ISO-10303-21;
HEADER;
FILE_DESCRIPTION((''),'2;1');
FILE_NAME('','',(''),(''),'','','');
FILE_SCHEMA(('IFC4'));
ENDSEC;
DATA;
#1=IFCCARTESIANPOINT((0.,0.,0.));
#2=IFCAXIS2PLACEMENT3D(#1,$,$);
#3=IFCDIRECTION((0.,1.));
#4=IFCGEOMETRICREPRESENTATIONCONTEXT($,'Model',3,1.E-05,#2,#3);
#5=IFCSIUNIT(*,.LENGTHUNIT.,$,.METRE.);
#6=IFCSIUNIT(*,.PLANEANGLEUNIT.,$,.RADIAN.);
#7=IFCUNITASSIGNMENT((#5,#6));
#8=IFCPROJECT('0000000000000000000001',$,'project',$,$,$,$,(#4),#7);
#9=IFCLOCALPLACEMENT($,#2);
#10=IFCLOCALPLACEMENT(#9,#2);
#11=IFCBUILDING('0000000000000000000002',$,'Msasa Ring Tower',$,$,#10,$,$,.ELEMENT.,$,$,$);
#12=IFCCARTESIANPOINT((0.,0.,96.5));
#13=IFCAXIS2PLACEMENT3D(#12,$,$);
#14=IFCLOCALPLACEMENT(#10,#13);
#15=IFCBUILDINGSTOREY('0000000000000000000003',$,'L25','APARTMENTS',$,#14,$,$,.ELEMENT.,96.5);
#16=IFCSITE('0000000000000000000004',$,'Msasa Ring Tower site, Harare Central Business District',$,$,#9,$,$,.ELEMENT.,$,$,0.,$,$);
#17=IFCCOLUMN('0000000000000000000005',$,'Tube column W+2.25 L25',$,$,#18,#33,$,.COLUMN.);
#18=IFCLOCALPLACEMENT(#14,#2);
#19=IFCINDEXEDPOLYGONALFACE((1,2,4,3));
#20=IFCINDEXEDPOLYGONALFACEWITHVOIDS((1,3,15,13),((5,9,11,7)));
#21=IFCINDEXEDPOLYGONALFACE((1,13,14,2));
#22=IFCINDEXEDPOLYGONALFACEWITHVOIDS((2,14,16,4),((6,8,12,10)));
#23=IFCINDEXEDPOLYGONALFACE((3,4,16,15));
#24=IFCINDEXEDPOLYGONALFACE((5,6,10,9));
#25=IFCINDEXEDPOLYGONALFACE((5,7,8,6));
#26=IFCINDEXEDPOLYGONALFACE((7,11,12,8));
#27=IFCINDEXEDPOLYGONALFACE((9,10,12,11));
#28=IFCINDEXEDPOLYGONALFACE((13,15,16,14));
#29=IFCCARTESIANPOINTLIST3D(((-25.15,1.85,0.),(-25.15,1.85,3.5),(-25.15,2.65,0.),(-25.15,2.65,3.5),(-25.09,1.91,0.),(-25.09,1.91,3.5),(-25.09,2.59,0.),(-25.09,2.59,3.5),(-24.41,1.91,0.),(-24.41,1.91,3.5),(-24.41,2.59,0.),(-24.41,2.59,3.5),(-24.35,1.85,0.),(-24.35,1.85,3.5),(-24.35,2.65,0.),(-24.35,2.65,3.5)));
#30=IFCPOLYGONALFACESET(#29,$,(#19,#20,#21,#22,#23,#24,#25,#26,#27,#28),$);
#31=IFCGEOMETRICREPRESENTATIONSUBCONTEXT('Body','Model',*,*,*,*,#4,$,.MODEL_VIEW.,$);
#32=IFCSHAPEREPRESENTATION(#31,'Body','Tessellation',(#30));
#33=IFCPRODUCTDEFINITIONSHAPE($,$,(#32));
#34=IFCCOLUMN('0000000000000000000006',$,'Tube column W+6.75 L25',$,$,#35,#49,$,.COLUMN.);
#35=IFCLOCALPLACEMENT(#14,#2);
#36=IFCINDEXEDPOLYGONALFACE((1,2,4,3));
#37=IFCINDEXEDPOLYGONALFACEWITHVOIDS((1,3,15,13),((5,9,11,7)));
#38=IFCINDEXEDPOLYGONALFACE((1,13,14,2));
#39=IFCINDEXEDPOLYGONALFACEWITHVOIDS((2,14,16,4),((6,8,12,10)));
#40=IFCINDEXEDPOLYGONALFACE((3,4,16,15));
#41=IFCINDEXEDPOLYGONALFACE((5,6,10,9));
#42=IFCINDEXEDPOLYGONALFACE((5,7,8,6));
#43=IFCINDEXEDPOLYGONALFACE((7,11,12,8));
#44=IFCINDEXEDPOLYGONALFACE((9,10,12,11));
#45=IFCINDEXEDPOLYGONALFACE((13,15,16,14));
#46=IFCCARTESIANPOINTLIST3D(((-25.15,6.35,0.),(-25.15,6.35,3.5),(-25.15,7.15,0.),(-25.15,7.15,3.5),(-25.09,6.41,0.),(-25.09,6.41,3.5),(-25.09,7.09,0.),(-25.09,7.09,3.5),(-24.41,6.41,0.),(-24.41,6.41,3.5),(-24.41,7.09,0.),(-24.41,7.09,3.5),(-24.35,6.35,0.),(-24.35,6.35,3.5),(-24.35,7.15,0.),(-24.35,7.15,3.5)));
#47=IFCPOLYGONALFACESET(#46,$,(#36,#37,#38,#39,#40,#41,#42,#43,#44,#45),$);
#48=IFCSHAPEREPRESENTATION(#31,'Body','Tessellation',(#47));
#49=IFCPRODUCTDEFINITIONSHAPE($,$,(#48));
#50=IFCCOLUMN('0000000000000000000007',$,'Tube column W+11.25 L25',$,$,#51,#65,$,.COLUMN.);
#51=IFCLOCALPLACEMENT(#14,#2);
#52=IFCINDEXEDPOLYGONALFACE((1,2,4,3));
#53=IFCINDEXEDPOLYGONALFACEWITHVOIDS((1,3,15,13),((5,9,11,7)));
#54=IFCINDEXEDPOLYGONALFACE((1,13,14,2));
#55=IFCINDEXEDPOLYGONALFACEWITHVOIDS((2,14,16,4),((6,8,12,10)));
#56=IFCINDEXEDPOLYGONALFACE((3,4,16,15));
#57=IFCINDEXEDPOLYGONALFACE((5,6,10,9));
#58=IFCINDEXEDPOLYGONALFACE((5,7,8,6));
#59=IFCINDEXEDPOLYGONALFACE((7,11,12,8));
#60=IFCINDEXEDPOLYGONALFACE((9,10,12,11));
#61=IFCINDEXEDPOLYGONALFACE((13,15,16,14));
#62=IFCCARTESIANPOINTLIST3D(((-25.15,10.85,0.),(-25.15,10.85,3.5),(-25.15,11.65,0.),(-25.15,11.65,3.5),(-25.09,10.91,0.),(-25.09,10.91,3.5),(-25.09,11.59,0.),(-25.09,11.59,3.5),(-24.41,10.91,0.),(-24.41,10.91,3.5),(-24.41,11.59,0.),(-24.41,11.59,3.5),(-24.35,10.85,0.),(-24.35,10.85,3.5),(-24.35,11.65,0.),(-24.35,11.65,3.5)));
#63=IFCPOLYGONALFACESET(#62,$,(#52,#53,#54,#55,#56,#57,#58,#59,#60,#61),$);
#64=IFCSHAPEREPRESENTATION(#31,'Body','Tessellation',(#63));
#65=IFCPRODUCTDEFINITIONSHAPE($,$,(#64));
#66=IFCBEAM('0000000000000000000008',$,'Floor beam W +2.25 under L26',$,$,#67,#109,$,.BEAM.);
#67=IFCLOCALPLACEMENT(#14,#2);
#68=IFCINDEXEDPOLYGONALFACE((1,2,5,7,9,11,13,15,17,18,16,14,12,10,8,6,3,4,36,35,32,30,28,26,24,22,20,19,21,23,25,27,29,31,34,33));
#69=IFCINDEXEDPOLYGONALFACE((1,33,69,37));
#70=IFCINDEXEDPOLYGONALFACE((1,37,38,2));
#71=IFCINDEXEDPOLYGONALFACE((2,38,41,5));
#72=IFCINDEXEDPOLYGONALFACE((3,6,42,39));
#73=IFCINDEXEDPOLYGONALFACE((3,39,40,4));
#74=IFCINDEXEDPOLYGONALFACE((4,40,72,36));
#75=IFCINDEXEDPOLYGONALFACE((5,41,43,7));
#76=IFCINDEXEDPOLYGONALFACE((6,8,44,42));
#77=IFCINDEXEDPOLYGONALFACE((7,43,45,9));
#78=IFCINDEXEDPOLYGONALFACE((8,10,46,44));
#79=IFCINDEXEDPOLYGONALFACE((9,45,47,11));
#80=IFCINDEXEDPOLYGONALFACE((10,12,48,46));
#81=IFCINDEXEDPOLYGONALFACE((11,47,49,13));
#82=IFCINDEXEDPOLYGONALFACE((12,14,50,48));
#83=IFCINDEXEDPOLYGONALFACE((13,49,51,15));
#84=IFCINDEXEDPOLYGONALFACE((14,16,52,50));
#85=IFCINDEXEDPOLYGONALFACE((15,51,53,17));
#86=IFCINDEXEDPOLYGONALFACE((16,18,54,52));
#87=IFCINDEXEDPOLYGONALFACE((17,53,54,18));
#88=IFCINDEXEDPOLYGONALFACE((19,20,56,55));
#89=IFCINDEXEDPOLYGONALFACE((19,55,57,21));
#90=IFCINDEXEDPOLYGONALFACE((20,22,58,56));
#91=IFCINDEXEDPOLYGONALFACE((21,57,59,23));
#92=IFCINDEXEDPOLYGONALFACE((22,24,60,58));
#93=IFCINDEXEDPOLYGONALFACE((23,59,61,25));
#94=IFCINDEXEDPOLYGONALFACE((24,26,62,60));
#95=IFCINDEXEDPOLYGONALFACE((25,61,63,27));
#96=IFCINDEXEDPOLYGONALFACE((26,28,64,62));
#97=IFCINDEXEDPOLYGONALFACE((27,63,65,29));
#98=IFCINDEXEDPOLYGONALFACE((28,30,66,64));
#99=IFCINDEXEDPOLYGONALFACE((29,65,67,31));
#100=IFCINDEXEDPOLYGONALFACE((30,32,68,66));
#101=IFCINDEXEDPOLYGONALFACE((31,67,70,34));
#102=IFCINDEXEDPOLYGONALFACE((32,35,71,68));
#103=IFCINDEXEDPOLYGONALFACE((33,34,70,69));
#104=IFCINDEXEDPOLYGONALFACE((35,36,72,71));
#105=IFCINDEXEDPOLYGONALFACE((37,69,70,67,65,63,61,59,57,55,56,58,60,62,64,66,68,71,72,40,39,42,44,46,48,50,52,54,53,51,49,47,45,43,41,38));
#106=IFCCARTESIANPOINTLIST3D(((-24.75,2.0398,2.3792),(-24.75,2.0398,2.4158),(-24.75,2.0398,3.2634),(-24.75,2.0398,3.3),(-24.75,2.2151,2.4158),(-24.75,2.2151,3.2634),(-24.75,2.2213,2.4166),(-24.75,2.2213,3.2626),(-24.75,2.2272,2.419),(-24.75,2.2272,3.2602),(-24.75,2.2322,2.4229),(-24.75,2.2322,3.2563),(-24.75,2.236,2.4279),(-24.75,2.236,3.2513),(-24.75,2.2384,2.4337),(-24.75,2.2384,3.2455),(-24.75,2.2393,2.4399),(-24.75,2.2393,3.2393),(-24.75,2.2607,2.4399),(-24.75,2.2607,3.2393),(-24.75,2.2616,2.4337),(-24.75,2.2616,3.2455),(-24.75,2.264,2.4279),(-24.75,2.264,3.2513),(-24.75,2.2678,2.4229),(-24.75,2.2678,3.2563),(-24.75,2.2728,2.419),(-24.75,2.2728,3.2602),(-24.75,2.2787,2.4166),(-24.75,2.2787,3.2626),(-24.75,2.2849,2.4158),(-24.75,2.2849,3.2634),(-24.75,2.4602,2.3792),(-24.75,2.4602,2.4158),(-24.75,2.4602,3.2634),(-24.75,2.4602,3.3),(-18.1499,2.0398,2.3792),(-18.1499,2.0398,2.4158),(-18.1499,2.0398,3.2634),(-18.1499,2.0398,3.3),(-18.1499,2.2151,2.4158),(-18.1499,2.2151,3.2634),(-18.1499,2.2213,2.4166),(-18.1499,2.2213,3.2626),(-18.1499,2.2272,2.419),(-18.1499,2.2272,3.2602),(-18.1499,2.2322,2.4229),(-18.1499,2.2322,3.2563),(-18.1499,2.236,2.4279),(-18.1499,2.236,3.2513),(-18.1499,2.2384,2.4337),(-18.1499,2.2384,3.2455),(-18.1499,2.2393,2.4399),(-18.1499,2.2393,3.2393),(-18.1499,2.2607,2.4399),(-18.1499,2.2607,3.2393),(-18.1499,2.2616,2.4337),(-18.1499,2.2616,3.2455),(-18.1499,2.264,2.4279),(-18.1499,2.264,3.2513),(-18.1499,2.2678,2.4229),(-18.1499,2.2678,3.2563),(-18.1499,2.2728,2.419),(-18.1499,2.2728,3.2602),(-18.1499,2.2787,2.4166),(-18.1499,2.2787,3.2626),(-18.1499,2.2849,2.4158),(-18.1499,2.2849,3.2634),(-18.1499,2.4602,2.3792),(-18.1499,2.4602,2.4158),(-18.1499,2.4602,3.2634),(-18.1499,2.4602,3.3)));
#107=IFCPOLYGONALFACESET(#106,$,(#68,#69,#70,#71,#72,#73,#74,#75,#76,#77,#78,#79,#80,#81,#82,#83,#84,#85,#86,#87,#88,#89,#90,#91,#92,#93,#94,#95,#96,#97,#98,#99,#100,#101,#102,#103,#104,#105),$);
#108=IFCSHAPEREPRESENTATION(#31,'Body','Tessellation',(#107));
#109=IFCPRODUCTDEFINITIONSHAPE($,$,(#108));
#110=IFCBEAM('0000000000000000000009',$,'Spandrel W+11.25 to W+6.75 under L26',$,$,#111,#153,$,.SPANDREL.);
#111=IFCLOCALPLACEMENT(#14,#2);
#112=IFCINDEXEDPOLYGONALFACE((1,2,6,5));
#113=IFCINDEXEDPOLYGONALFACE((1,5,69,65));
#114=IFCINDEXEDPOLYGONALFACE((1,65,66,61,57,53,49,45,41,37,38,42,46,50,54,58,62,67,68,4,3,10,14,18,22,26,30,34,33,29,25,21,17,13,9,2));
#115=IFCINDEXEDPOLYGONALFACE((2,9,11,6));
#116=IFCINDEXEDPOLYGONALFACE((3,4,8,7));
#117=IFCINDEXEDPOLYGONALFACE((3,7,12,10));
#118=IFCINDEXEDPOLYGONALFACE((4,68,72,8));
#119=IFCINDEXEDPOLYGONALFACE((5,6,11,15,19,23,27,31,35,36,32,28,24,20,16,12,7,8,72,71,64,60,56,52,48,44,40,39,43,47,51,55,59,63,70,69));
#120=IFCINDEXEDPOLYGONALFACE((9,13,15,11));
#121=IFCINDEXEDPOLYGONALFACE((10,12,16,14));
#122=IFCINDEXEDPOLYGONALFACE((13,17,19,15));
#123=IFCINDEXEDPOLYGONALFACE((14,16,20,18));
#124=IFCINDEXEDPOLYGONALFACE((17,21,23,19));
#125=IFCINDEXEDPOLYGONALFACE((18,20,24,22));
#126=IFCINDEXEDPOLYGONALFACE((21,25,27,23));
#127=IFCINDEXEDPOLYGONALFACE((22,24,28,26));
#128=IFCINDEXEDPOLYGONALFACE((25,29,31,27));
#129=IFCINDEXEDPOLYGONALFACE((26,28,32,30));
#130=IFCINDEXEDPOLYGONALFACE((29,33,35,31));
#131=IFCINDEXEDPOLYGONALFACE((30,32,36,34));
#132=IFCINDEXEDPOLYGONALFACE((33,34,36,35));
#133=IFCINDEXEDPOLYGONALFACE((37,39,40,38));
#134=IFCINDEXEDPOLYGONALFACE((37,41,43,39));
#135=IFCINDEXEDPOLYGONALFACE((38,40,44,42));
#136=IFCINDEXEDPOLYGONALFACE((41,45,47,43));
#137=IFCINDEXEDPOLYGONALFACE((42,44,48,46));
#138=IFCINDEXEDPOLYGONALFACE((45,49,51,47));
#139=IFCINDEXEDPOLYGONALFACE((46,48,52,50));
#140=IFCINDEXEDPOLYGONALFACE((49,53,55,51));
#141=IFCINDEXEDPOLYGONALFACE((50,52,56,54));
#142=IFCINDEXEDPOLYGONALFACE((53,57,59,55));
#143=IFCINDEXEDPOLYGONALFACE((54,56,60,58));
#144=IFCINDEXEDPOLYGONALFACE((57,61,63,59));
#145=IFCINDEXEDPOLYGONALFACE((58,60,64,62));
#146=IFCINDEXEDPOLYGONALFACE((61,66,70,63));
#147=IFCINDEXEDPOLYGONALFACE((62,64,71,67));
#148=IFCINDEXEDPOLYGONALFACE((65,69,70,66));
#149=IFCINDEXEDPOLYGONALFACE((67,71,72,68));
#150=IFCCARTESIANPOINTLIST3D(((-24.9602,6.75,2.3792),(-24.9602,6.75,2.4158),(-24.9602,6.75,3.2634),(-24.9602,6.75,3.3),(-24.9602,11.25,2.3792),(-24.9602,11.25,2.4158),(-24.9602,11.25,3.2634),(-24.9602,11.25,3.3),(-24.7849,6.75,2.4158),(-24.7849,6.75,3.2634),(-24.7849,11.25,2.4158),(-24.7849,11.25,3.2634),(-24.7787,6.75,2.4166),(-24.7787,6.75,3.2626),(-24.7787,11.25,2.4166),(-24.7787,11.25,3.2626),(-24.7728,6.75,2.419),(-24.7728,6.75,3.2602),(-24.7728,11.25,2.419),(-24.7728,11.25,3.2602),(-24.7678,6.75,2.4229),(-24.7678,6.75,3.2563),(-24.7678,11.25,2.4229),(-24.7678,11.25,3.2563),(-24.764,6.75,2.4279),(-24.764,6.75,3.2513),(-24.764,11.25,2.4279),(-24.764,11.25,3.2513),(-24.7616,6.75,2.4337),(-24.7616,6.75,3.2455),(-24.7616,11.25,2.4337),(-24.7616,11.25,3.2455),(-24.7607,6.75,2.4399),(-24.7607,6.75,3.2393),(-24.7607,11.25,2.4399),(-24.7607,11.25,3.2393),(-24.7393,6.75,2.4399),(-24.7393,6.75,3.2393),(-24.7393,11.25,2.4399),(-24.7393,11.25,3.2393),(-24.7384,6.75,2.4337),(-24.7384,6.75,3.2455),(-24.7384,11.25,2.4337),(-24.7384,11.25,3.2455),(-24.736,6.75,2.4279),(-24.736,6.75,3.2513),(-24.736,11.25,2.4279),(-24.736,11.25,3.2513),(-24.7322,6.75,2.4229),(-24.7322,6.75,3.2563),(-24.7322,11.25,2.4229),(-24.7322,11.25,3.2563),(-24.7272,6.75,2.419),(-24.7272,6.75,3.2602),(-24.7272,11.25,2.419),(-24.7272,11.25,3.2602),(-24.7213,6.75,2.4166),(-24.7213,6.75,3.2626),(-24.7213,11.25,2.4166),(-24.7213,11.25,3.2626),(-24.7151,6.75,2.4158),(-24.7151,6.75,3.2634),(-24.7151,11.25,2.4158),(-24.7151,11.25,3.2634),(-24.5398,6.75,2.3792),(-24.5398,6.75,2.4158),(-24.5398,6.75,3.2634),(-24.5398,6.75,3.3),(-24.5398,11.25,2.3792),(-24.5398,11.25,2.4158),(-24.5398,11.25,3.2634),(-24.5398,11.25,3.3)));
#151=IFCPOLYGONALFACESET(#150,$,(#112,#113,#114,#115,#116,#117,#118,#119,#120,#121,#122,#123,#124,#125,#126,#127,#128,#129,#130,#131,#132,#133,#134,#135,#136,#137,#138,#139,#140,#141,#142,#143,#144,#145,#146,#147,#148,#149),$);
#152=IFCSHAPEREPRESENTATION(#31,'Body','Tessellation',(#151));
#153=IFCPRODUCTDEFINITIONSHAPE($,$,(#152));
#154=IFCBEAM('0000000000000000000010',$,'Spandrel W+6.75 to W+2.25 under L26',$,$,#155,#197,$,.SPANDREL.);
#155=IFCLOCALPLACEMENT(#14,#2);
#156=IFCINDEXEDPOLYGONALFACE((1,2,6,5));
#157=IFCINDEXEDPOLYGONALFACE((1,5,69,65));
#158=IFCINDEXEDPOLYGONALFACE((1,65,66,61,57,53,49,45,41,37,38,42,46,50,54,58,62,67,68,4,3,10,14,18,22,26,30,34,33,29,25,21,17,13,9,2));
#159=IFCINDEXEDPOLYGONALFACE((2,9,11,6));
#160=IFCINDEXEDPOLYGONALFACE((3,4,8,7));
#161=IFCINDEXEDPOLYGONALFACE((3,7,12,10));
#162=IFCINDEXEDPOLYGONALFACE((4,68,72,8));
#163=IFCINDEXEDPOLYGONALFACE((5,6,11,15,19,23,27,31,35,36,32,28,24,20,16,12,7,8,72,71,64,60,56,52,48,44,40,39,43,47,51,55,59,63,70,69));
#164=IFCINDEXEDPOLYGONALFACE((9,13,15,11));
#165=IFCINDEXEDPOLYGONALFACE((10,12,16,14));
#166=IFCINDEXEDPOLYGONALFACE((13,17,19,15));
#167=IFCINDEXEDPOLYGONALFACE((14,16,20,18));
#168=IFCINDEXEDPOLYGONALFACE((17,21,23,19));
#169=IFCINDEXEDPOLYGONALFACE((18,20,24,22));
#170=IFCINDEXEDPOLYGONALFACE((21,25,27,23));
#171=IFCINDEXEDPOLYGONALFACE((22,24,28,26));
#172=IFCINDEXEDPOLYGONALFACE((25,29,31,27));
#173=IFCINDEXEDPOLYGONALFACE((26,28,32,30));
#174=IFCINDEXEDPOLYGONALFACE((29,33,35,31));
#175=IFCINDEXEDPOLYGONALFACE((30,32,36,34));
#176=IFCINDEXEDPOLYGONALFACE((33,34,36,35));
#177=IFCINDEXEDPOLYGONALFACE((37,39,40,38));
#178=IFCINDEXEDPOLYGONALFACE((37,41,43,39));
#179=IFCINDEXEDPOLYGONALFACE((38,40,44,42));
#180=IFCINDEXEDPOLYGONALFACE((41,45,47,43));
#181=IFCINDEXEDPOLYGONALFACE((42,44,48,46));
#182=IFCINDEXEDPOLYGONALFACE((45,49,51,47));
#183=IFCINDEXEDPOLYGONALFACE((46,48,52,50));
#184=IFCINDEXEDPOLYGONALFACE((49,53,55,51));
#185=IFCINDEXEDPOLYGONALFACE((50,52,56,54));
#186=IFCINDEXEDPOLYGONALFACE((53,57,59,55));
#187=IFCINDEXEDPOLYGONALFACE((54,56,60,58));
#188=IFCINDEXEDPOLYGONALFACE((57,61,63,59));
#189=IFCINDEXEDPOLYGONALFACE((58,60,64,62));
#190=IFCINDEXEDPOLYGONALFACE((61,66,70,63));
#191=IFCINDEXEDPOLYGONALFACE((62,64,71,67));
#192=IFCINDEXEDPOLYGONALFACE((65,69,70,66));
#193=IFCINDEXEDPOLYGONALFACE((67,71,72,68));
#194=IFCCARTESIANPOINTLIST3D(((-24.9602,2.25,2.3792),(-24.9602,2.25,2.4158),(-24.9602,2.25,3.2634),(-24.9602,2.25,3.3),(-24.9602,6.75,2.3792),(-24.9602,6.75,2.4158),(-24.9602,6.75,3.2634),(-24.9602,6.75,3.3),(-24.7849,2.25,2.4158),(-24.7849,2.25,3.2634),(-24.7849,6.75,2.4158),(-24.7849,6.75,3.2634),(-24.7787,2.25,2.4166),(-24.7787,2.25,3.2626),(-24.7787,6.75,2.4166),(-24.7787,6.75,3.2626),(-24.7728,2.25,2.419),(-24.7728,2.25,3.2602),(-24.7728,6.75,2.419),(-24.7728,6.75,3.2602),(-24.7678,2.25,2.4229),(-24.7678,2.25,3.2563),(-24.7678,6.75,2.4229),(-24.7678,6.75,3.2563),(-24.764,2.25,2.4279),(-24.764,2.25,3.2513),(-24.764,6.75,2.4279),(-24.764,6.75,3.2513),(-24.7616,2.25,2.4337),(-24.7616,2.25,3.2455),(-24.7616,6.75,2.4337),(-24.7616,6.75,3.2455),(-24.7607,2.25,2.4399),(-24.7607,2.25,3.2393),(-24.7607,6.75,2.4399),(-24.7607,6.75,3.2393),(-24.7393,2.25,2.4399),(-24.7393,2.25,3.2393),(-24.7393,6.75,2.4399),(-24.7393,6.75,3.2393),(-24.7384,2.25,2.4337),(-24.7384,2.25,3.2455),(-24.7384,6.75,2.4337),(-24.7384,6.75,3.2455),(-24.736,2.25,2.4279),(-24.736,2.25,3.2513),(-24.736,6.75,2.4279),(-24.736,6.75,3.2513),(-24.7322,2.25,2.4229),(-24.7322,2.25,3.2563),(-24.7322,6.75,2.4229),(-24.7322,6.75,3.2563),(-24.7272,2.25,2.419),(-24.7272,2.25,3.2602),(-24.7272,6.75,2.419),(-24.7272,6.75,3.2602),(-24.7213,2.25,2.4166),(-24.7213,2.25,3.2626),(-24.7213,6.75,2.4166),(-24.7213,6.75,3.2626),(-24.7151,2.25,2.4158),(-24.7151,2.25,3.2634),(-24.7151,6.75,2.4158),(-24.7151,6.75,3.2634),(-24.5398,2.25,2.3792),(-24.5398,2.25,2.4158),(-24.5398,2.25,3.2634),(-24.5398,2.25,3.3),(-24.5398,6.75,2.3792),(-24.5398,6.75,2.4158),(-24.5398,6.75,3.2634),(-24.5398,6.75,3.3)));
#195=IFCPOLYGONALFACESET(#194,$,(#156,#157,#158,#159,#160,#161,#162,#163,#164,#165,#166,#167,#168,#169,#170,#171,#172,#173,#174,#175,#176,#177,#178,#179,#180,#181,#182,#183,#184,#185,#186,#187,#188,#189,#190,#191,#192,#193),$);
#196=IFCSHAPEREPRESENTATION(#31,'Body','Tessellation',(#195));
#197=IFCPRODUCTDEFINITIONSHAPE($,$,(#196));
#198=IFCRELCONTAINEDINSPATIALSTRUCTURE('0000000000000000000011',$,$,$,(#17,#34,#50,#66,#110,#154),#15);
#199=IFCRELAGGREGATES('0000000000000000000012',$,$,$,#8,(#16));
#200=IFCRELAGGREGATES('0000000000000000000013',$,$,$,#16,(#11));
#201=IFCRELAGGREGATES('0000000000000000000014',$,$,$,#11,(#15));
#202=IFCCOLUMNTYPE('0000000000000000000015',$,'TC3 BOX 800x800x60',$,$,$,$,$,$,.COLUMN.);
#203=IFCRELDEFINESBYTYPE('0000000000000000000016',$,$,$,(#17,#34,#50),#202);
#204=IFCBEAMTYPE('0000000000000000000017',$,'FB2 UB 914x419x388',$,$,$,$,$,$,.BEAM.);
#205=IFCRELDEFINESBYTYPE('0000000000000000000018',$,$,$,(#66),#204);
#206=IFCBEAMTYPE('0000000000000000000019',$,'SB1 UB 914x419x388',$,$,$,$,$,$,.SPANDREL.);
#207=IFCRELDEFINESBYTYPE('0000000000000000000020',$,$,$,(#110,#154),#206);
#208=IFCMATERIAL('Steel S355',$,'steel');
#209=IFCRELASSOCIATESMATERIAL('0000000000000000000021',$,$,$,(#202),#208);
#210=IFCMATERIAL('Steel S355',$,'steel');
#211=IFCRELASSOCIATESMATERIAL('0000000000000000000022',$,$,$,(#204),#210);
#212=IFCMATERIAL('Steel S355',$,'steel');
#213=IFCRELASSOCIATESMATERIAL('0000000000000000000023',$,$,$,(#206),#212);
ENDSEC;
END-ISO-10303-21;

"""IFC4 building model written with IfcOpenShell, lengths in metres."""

from ifc_helpers import new_model, si_unit, direction, frame, origin, origin_2d, place, context, subcontext, project, spatial, hollow_rectangle, i_section, extrude, material, material_profile, profile_set, type_object, element, save


model = new_model("IFC4")

# Units and contexts
model_context = context("Model", 3, precision=1e-05, world=origin(), true_north=direction((0.0, 1.0)))
body_context = subcontext(model_context, "Body", "Model", "MODEL_VIEW")
ifc_project = project(units=[si_unit("LENGTHUNIT", "METRE"), si_unit("PLANEANGLEUNIT", "RADIAN")], contexts=[model_context])

# Site, building, storey
site_placement = place(None, origin())
site = spatial("IfcSite", under=ifc_project, at=site_placement, Name="Msasa Ring Tower site, Harare Central Business District", CompositionType="ELEMENT", RefElevation=0.0)
building_placement = place(site_placement, origin())
building = spatial("IfcBuilding", under=site, at=building_placement, Name="Msasa Ring Tower", CompositionType="ELEMENT")
storey_placement = place(building_placement, frame((0.0, 0.0, 96.5)))
storey = spatial("IfcBuildingStorey", under=building, at=storey_placement, Name="L25", Description="APARTMENTS", CompositionType="ELEMENT", Elevation=96.5)

# Columns
ifc_material_1 = material(Name="Steel S355", Category="steel")
ifc_material_profile_1 = material_profile(ifc_material_1, hollow_rectangle(XDim=0.8, YDim=0.8, WallThickness=0.0601, at=origin_2d()), Name="BOX 800x800x60")
ifc_profile_set_1 = profile_set([ifc_material_profile_1], Name="Steel S355")
column_type = type_object("IfcColumnType", Name="TC3 BOX 800x800x60", PredefinedType="COLUMN", material=ifc_profile_set_1)
for number, where, z_axis, x_axis, name in (
    (1, (-24.75, 2.25, 0.0), (0.0, 0.0, 1.0), (1.0, 0.0, 0.0), "Tube column W+2.25 L25"),
    (2, (-24.75, 6.75, 0.0), (0.0, 0.0, 1.0), (1.0, 0.0, 0.0), "Tube column W+6.75 L25"),
    (3, (-24.75, 11.25, 0.0), (0.0, 0.0, 1.0), (1.0, 0.0, 0.0), "Tube column W+11.25 L25"),
):
    element("IfcColumn", number, at=place(storey_placement, frame(where, z_axis=z_axis, x_axis=x_axis)), inside=storey, type_object=column_type, Name=name, PredefinedType="COLUMN", context=body_context, shape_type="SweptSolid", body=[
        extrude(hollow_rectangle(XDim=0.8, YDim=0.8, WallThickness=0.0601, at=origin_2d()), origin(), (0.0, 0.0, 1.0), 3.5),
    ])

# Beams
ifc_material_2 = material(Name="Steel S355", Category="steel")
ifc_material_profile_2 = material_profile(ifc_material_2, i_section(OverallWidth=0.4204, OverallDepth=0.9209, WebThickness=0.0215, FlangeThickness=0.0366, FilletRadius=0.0242, at=origin_2d()), Name="UB 914x419x388")
ifc_profile_set_2 = profile_set([ifc_material_profile_2], Name="Steel S355")
beam_type_1 = type_object("IfcBeamType", Name="FB2 UB 914x419x388", PredefinedType="BEAM", material=ifc_profile_set_2)
beam_placement = place(storey_placement, frame((-24.75, 2.25, 2.8396), z_axis=(1.0, 0.0, 0.0), x_axis=(0.0, 1.0, 0.0)))
element("IfcBeam", 4, at=beam_placement, inside=storey, type_object=beam_type_1, Name="Floor beam W +2.25 under L26", PredefinedType="BEAM", context=body_context, shape_type="SweptSolid", body=[
    extrude(i_section(OverallWidth=0.4204, OverallDepth=0.9209, WebThickness=0.0215, FlangeThickness=0.0366, FilletRadius=0.0242, at=origin_2d()), origin(), (0.0, 0.0, 1.0), 6.6001),
])
ifc_material_3 = material(Name="Steel S355", Category="steel")
ifc_material_profile_3 = material_profile(ifc_material_3, i_section(OverallWidth=0.4204, OverallDepth=0.9209, WebThickness=0.0215, FlangeThickness=0.0366, FilletRadius=0.0242, at=origin_2d()), Name="UB 914x419x388")
ifc_profile_set_3 = profile_set([ifc_material_profile_3], Name="Steel S355")
beam_type_2 = type_object("IfcBeamType", Name="SB1 UB 914x419x388", PredefinedType="SPANDREL", material=ifc_profile_set_3)
for number, where, z_axis, x_axis, name in (
    (5, (-24.75, 11.25, 2.8396), (0.0, -1.0, 0.0), (1.0, 0.0, 0.0), "Spandrel W+11.25 to W+6.75 under L26"),
    (6, (-24.75, 6.75, 2.8396), (0.0, -1.0, 0.0), (1.0, 0.0, 0.0), "Spandrel W+6.75 to W+2.25 under L26"),
):
    element("IfcBeam", number, at=place(storey_placement, frame(where, z_axis=z_axis, x_axis=x_axis)), inside=storey, type_object=beam_type_2, Name=name, PredefinedType="SPANDREL", context=body_context, shape_type="SweptSolid", body=[
        extrude(i_section(OverallWidth=0.4204, OverallDepth=0.9209, WebThickness=0.0215, FlangeThickness=0.0366, FilletRadius=0.0242, at=origin_2d()), origin(), (0.0, 0.0, 1.0), 4.5),
    ])

save(model, "model.ifc")
